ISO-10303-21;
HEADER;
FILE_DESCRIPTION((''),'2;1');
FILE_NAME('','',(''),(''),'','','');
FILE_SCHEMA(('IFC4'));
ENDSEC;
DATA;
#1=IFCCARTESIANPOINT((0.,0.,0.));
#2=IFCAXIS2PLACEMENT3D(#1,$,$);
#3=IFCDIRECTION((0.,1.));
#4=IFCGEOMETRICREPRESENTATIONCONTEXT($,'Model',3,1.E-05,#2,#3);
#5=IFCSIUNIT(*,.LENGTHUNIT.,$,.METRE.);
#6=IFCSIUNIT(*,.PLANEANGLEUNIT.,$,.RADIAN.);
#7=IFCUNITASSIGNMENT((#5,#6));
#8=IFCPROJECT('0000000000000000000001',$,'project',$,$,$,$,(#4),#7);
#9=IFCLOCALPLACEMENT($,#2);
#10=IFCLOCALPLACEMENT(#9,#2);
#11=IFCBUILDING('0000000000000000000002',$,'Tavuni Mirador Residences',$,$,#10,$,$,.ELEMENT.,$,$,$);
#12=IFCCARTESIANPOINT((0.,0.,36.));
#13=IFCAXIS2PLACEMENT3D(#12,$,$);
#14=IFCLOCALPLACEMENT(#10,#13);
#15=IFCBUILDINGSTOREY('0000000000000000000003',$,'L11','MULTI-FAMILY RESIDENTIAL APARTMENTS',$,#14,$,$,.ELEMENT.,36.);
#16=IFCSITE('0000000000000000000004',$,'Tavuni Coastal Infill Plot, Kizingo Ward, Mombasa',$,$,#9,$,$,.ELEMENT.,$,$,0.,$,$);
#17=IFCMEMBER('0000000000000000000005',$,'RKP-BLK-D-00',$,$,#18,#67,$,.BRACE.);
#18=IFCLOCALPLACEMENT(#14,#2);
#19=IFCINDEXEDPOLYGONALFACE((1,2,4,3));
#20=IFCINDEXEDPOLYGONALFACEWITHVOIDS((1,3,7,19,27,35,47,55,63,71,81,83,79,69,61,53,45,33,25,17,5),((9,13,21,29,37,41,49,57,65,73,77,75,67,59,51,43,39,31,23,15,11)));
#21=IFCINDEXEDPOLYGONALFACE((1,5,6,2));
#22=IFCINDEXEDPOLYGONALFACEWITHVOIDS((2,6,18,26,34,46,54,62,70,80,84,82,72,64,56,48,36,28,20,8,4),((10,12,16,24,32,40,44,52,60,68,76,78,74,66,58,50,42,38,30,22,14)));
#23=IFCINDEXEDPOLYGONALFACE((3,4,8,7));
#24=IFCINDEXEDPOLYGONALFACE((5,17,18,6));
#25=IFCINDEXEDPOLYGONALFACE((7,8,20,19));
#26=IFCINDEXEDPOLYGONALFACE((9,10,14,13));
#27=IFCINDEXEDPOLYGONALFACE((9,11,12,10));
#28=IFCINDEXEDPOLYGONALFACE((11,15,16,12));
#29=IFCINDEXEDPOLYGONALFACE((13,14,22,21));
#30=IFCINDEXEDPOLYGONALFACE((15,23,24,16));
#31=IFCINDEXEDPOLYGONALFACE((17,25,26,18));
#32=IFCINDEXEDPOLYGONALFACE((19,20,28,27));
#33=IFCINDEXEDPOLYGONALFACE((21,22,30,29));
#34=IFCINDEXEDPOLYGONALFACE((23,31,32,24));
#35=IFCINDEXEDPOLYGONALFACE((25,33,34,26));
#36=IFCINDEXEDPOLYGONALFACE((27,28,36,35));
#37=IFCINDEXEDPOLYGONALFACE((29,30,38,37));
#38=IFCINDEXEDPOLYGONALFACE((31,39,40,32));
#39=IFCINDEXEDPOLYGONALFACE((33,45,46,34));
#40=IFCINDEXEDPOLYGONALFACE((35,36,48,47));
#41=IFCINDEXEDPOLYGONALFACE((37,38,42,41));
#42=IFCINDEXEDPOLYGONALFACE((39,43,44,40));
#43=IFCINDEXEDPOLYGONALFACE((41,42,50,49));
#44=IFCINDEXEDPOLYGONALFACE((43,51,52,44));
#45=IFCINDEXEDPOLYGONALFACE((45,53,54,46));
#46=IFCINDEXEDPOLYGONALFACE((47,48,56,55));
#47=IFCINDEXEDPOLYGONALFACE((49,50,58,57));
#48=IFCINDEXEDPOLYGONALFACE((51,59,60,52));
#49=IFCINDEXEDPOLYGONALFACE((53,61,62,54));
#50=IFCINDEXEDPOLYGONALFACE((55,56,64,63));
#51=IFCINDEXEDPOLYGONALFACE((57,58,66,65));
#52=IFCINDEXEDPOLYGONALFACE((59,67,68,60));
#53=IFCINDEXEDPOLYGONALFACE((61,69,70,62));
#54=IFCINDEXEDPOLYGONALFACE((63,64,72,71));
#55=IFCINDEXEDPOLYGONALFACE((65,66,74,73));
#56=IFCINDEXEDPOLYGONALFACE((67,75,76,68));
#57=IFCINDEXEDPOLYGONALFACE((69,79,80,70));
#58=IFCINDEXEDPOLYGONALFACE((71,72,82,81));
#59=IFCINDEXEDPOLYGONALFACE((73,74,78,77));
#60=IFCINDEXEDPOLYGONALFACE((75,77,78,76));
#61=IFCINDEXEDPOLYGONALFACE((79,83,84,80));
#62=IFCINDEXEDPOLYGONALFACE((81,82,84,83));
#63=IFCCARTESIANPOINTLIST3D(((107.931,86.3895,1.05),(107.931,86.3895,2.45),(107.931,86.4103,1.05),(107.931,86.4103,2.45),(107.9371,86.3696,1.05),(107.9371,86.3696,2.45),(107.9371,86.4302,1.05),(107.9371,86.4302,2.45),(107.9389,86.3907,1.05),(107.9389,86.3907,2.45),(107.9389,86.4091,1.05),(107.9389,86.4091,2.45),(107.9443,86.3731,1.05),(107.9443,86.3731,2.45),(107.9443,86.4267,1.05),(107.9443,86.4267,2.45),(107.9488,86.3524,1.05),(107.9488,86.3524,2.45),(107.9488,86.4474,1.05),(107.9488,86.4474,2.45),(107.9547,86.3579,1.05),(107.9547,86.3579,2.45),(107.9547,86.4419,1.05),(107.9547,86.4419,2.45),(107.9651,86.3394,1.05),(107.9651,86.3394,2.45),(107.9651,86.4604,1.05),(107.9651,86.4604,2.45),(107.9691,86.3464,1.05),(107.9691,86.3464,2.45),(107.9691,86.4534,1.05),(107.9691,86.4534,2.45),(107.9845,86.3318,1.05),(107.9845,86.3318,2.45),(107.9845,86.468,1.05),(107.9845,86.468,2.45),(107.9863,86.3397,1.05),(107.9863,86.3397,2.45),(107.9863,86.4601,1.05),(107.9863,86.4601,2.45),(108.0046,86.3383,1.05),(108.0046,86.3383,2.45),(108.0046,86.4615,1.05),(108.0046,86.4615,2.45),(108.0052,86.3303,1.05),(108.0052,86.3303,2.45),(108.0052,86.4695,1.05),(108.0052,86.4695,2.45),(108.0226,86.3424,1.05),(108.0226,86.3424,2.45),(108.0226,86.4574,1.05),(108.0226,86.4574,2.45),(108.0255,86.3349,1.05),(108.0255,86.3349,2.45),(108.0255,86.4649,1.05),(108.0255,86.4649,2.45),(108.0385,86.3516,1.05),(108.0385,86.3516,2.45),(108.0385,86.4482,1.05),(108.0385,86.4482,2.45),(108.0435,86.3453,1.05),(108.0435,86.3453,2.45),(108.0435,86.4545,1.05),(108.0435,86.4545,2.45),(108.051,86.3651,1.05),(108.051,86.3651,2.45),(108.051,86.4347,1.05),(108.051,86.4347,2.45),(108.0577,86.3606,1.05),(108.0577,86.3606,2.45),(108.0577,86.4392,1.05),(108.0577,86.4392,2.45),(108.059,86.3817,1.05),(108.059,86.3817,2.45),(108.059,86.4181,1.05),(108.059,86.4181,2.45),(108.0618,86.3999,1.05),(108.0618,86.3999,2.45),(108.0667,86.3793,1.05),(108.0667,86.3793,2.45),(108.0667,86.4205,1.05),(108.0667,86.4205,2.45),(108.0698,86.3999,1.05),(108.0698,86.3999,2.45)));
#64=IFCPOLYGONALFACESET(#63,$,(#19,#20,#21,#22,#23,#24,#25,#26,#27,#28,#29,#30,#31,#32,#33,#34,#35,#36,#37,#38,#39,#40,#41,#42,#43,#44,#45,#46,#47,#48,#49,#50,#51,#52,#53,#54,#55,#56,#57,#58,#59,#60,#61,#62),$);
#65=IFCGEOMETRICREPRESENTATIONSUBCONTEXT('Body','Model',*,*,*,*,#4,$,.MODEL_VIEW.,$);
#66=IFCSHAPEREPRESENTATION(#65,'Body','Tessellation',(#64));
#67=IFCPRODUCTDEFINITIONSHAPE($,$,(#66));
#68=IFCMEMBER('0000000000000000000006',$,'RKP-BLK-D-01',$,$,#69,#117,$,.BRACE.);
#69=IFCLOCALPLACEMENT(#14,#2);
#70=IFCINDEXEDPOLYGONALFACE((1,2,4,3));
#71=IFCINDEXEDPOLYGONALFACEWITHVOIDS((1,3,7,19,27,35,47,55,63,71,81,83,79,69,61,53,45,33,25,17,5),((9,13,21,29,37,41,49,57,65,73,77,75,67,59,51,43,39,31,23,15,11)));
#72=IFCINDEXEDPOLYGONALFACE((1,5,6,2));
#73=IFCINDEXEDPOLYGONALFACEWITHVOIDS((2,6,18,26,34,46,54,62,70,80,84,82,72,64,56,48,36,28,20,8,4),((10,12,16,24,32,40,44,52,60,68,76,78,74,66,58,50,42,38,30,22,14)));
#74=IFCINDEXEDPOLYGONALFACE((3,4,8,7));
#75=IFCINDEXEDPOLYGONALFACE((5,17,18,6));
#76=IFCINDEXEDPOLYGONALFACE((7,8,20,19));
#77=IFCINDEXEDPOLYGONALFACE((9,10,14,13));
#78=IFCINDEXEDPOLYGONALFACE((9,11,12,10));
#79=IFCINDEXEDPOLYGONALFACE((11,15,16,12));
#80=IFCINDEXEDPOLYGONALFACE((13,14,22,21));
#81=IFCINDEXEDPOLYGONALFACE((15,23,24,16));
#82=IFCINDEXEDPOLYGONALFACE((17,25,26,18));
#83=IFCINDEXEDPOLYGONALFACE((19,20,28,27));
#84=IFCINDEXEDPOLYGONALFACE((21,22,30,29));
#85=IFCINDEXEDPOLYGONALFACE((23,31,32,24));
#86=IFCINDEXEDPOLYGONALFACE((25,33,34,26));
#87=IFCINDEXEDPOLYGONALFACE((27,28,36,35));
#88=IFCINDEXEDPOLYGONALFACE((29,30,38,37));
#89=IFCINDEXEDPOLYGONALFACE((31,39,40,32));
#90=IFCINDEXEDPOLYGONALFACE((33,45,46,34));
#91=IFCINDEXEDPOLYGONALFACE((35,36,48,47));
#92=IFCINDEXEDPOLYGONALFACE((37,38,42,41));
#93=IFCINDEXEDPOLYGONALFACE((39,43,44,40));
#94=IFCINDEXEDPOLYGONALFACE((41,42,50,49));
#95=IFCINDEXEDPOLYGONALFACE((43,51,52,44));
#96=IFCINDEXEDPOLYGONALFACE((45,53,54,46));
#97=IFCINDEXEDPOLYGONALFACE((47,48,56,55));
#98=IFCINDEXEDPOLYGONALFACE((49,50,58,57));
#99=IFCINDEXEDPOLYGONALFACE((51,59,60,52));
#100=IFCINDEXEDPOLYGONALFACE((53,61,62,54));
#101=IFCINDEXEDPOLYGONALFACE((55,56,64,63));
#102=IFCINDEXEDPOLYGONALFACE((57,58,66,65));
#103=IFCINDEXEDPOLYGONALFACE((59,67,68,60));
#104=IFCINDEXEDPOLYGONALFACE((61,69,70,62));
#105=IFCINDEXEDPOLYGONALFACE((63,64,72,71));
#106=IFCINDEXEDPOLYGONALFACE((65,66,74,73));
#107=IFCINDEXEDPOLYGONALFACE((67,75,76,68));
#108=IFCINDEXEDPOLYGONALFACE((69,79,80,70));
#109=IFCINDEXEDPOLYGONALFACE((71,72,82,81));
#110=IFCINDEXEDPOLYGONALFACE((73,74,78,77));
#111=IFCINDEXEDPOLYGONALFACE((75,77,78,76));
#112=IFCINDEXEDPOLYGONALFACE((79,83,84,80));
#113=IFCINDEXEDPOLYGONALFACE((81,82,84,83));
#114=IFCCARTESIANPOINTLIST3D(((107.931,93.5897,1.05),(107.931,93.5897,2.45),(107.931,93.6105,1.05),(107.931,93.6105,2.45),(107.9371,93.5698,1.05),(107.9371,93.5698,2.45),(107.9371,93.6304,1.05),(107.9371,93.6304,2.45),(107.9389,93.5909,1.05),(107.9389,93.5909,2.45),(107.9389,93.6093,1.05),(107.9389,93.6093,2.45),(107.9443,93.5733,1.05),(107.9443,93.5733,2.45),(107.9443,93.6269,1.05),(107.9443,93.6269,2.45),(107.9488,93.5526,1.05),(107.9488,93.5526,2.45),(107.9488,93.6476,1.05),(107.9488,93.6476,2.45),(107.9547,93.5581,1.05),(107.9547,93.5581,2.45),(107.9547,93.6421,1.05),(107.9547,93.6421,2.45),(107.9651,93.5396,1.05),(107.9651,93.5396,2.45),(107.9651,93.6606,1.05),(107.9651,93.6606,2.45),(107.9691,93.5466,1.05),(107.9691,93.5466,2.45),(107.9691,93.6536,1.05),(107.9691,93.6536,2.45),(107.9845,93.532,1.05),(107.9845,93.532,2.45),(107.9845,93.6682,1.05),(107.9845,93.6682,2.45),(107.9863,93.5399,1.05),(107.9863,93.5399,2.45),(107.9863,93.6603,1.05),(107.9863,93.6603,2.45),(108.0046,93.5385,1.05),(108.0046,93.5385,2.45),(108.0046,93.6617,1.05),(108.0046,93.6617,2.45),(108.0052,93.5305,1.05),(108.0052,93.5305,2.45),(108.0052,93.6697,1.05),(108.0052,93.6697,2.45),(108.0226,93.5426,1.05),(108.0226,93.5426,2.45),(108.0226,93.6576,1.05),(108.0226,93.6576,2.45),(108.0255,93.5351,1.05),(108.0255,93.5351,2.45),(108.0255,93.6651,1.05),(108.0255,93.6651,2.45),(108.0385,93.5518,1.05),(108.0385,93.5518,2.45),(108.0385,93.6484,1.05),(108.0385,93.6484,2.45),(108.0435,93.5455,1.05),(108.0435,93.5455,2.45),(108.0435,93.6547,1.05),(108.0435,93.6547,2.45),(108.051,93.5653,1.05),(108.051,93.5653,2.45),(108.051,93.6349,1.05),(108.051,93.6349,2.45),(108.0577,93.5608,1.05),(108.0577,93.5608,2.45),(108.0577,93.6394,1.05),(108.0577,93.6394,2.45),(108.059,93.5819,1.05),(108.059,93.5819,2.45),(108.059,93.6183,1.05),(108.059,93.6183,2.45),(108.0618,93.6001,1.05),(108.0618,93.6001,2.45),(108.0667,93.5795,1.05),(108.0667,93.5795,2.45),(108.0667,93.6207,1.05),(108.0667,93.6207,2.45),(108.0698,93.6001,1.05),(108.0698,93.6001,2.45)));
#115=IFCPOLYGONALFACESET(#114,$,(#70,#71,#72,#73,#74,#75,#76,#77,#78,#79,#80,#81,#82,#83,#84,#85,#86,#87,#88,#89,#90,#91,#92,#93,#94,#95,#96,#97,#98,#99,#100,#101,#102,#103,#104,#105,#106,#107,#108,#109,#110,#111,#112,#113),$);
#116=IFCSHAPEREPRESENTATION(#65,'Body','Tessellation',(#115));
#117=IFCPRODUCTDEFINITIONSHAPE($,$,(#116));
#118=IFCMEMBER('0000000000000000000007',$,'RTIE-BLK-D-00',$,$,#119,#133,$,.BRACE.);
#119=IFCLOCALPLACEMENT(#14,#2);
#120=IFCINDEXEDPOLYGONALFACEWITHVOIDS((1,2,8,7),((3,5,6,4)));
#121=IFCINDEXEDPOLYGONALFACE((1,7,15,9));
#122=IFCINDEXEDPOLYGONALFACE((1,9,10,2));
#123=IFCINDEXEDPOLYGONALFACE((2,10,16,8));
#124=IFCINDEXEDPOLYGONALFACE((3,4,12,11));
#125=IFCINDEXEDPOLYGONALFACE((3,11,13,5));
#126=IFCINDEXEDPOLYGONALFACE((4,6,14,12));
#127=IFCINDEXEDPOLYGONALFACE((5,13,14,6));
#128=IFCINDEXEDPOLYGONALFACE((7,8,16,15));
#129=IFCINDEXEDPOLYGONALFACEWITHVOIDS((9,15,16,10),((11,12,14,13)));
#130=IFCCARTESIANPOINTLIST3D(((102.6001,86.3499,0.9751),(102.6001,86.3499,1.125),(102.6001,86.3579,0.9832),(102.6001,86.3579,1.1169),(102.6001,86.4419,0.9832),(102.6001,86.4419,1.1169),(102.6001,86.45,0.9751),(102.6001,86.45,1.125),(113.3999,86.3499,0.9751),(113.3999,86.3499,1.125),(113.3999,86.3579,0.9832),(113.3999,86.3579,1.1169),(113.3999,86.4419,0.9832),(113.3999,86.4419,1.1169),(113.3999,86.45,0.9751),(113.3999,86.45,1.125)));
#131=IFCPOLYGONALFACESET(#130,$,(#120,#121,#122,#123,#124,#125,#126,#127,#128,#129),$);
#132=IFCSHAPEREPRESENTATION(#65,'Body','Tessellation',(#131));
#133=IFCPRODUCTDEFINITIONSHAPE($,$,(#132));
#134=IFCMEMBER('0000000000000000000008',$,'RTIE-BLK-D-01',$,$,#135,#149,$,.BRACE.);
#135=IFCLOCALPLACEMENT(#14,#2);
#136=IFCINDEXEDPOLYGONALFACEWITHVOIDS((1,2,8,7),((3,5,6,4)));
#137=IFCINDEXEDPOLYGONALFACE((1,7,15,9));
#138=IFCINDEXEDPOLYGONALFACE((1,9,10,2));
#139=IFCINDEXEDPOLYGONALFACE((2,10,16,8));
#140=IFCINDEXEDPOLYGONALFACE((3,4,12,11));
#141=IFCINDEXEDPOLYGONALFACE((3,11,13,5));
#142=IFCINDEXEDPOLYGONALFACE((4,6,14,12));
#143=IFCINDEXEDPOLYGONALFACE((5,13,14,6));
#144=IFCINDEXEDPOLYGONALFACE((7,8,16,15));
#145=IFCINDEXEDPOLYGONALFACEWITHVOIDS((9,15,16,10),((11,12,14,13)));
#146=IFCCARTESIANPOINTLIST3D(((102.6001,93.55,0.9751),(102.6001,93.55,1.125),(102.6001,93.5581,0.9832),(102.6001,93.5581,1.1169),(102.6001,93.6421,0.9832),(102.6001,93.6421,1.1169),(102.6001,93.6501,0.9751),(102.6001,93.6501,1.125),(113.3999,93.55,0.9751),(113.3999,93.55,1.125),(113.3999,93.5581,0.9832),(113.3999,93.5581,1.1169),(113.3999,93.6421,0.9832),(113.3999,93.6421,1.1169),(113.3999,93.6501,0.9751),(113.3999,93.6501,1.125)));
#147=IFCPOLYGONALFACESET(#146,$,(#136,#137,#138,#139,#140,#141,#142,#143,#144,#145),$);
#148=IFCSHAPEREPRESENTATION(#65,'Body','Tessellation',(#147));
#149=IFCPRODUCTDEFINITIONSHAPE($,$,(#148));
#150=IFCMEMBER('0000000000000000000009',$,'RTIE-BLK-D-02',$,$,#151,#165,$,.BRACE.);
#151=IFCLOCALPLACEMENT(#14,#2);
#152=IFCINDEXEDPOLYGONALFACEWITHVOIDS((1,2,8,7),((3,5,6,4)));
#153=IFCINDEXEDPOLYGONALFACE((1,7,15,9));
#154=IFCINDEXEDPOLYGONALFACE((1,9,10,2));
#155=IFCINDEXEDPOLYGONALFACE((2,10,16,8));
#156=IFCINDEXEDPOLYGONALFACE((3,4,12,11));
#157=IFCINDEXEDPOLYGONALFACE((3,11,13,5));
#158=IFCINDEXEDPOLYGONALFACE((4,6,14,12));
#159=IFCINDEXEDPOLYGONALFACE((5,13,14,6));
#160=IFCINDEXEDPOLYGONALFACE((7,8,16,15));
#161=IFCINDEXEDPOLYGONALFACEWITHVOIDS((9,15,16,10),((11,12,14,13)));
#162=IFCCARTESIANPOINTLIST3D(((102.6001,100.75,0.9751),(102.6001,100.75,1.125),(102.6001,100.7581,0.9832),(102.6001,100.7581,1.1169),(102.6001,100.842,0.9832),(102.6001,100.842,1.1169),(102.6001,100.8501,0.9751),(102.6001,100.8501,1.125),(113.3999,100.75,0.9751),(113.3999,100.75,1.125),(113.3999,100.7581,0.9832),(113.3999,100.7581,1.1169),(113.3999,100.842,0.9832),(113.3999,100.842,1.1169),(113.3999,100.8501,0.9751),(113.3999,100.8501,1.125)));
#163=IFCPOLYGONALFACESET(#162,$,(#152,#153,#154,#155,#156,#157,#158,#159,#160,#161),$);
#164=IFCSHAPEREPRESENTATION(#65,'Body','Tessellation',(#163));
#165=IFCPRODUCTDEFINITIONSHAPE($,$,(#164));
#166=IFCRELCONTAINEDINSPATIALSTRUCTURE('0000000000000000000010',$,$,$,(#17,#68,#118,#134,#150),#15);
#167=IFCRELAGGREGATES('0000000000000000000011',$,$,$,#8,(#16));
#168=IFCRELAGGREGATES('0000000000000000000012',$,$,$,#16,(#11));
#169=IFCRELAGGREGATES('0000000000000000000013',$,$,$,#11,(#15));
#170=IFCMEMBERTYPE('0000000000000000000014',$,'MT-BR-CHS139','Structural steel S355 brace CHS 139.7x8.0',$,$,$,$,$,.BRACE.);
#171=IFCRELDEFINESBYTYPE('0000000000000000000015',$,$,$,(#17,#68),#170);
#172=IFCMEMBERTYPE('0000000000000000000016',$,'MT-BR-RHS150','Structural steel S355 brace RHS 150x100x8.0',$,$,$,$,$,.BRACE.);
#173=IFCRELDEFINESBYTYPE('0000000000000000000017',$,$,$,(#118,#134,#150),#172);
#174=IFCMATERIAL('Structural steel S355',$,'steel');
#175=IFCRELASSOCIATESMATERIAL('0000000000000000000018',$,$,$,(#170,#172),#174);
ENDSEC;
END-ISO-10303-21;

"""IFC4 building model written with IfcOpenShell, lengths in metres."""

from ifc_helpers import new_model, si_unit, direction, frame, origin, origin_2d, place, context, subcontext, project, spatial, hollow_rectangle, hollow_circle, extrude, material, material_profile, profile_set, type_object, element, save


model = new_model("IFC4")

# Units and contexts
model_context = context("Model", 3, precision=1e-05, world=origin(), true_north=direction((0.0, 1.0)))
body_context = subcontext(model_context, "Body", "Model", "MODEL_VIEW")
ifc_project = project(units=[si_unit("LENGTHUNIT", "METRE"), si_unit("PLANEANGLEUNIT", "RADIAN")], contexts=[model_context])

# Site, building, storey
site_placement = place(None, origin())
site = spatial("IfcSite", under=ifc_project, at=site_placement, Name="Tavuni Coastal Infill Plot, Kizingo Ward, Mombasa", CompositionType="ELEMENT", RefElevation=0.0)
building_placement = place(site_placement, origin())
building = spatial("IfcBuilding", under=site, at=building_placement, Name="Tavuni Mirador Residences", CompositionType="ELEMENT")
storey_placement = place(building_placement, frame((0.0, 0.0, 36.0)))
storey = spatial("IfcBuildingStorey", under=building, at=storey_placement, Name="L11", Description="MULTI-FAMILY RESIDENTIAL APARTMENTS", CompositionType="ELEMENT", Elevation=36.0)

# Members
ifc_material_1 = material(Name="Structural steel S355", Category="steel")
ifc_material_profile_1 = material_profile(ifc_material_1, hollow_circle(Radius=0.0698, WallThickness=0.0081, at=origin_2d()), Name="CHS 139.7x8.0", Category="steel")
ifc_profile_set_1 = profile_set([ifc_material_profile_1], Name="Structural steel S355")
member_type_1 = type_object("IfcMemberType", Name="MT-BR-CHS139", Description="Structural steel S355 brace CHS 139.7x8.0", PredefinedType="BRACE", material=ifc_profile_set_1)
for number, where, z_axis, x_axis, name in (
    (1, (108.0, 86.3999, 1.05), (0.0, 0.0, 1.0), (1.0, 0.0, 0.0), "RKP-BLK-D-00"),
    (2, (108.0, 93.6001, 1.05), (0.0, 0.0, 1.0), (1.0, 0.0, 0.0), "RKP-BLK-D-01"),
):
    element("IfcMember", number, at=place(storey_placement, frame(where, z_axis=z_axis, x_axis=x_axis)), inside=storey, type_object=member_type_1, Name=name, PredefinedType="BRACE", context=body_context, shape_type="SweptSolid", body=[
        extrude(hollow_circle(Radius=0.0698, WallThickness=0.0081, at=origin_2d()), origin(), (0.0, 0.0, 1.0), 1.3999),
    ])
ifc_material_profile_2 = material_profile(ifc_material_1, hollow_rectangle(XDim=0.1001, YDim=0.1499, WallThickness=0.0081, at=origin_2d()), Name="RHS 150x100x8.0", Category="steel")
ifc_profile_set_2 = profile_set([ifc_material_profile_2], Name="Structural steel S355")
member_type_2 = type_object("IfcMemberType", Name="MT-BR-RHS150", Description="Structural steel S355 brace RHS 150x100x8.0", PredefinedType="BRACE", material=ifc_profile_set_2)
for number, where, z_axis, x_axis, name in (
    (3, (102.6001, 86.3999, 1.05), (1.0, 0.0, 0.0), (0.0, 1.0, 0.0), "RTIE-BLK-D-00"),
    (4, (102.6001, 93.6001, 1.05), (1.0, 0.0, 0.0), (0.0, 1.0, 0.0), "RTIE-BLK-D-01"),
    (5, (102.6001, 100.8, 1.05), (1.0, 0.0, 0.0), (0.0, 1.0, 0.0), "RTIE-BLK-D-02"),
):
    element("IfcMember", number, at=place(storey_placement, frame(where, z_axis=z_axis, x_axis=x_axis)), inside=storey, type_object=member_type_2, Name=name, PredefinedType="BRACE", context=body_context, shape_type="SweptSolid", body=[
        extrude(hollow_rectangle(XDim=0.1001, YDim=0.1499, WallThickness=0.0081, at=origin_2d()), origin(), (0.0, 0.0, 1.0), 10.7998),
    ])

save(model, "model.ifc")
